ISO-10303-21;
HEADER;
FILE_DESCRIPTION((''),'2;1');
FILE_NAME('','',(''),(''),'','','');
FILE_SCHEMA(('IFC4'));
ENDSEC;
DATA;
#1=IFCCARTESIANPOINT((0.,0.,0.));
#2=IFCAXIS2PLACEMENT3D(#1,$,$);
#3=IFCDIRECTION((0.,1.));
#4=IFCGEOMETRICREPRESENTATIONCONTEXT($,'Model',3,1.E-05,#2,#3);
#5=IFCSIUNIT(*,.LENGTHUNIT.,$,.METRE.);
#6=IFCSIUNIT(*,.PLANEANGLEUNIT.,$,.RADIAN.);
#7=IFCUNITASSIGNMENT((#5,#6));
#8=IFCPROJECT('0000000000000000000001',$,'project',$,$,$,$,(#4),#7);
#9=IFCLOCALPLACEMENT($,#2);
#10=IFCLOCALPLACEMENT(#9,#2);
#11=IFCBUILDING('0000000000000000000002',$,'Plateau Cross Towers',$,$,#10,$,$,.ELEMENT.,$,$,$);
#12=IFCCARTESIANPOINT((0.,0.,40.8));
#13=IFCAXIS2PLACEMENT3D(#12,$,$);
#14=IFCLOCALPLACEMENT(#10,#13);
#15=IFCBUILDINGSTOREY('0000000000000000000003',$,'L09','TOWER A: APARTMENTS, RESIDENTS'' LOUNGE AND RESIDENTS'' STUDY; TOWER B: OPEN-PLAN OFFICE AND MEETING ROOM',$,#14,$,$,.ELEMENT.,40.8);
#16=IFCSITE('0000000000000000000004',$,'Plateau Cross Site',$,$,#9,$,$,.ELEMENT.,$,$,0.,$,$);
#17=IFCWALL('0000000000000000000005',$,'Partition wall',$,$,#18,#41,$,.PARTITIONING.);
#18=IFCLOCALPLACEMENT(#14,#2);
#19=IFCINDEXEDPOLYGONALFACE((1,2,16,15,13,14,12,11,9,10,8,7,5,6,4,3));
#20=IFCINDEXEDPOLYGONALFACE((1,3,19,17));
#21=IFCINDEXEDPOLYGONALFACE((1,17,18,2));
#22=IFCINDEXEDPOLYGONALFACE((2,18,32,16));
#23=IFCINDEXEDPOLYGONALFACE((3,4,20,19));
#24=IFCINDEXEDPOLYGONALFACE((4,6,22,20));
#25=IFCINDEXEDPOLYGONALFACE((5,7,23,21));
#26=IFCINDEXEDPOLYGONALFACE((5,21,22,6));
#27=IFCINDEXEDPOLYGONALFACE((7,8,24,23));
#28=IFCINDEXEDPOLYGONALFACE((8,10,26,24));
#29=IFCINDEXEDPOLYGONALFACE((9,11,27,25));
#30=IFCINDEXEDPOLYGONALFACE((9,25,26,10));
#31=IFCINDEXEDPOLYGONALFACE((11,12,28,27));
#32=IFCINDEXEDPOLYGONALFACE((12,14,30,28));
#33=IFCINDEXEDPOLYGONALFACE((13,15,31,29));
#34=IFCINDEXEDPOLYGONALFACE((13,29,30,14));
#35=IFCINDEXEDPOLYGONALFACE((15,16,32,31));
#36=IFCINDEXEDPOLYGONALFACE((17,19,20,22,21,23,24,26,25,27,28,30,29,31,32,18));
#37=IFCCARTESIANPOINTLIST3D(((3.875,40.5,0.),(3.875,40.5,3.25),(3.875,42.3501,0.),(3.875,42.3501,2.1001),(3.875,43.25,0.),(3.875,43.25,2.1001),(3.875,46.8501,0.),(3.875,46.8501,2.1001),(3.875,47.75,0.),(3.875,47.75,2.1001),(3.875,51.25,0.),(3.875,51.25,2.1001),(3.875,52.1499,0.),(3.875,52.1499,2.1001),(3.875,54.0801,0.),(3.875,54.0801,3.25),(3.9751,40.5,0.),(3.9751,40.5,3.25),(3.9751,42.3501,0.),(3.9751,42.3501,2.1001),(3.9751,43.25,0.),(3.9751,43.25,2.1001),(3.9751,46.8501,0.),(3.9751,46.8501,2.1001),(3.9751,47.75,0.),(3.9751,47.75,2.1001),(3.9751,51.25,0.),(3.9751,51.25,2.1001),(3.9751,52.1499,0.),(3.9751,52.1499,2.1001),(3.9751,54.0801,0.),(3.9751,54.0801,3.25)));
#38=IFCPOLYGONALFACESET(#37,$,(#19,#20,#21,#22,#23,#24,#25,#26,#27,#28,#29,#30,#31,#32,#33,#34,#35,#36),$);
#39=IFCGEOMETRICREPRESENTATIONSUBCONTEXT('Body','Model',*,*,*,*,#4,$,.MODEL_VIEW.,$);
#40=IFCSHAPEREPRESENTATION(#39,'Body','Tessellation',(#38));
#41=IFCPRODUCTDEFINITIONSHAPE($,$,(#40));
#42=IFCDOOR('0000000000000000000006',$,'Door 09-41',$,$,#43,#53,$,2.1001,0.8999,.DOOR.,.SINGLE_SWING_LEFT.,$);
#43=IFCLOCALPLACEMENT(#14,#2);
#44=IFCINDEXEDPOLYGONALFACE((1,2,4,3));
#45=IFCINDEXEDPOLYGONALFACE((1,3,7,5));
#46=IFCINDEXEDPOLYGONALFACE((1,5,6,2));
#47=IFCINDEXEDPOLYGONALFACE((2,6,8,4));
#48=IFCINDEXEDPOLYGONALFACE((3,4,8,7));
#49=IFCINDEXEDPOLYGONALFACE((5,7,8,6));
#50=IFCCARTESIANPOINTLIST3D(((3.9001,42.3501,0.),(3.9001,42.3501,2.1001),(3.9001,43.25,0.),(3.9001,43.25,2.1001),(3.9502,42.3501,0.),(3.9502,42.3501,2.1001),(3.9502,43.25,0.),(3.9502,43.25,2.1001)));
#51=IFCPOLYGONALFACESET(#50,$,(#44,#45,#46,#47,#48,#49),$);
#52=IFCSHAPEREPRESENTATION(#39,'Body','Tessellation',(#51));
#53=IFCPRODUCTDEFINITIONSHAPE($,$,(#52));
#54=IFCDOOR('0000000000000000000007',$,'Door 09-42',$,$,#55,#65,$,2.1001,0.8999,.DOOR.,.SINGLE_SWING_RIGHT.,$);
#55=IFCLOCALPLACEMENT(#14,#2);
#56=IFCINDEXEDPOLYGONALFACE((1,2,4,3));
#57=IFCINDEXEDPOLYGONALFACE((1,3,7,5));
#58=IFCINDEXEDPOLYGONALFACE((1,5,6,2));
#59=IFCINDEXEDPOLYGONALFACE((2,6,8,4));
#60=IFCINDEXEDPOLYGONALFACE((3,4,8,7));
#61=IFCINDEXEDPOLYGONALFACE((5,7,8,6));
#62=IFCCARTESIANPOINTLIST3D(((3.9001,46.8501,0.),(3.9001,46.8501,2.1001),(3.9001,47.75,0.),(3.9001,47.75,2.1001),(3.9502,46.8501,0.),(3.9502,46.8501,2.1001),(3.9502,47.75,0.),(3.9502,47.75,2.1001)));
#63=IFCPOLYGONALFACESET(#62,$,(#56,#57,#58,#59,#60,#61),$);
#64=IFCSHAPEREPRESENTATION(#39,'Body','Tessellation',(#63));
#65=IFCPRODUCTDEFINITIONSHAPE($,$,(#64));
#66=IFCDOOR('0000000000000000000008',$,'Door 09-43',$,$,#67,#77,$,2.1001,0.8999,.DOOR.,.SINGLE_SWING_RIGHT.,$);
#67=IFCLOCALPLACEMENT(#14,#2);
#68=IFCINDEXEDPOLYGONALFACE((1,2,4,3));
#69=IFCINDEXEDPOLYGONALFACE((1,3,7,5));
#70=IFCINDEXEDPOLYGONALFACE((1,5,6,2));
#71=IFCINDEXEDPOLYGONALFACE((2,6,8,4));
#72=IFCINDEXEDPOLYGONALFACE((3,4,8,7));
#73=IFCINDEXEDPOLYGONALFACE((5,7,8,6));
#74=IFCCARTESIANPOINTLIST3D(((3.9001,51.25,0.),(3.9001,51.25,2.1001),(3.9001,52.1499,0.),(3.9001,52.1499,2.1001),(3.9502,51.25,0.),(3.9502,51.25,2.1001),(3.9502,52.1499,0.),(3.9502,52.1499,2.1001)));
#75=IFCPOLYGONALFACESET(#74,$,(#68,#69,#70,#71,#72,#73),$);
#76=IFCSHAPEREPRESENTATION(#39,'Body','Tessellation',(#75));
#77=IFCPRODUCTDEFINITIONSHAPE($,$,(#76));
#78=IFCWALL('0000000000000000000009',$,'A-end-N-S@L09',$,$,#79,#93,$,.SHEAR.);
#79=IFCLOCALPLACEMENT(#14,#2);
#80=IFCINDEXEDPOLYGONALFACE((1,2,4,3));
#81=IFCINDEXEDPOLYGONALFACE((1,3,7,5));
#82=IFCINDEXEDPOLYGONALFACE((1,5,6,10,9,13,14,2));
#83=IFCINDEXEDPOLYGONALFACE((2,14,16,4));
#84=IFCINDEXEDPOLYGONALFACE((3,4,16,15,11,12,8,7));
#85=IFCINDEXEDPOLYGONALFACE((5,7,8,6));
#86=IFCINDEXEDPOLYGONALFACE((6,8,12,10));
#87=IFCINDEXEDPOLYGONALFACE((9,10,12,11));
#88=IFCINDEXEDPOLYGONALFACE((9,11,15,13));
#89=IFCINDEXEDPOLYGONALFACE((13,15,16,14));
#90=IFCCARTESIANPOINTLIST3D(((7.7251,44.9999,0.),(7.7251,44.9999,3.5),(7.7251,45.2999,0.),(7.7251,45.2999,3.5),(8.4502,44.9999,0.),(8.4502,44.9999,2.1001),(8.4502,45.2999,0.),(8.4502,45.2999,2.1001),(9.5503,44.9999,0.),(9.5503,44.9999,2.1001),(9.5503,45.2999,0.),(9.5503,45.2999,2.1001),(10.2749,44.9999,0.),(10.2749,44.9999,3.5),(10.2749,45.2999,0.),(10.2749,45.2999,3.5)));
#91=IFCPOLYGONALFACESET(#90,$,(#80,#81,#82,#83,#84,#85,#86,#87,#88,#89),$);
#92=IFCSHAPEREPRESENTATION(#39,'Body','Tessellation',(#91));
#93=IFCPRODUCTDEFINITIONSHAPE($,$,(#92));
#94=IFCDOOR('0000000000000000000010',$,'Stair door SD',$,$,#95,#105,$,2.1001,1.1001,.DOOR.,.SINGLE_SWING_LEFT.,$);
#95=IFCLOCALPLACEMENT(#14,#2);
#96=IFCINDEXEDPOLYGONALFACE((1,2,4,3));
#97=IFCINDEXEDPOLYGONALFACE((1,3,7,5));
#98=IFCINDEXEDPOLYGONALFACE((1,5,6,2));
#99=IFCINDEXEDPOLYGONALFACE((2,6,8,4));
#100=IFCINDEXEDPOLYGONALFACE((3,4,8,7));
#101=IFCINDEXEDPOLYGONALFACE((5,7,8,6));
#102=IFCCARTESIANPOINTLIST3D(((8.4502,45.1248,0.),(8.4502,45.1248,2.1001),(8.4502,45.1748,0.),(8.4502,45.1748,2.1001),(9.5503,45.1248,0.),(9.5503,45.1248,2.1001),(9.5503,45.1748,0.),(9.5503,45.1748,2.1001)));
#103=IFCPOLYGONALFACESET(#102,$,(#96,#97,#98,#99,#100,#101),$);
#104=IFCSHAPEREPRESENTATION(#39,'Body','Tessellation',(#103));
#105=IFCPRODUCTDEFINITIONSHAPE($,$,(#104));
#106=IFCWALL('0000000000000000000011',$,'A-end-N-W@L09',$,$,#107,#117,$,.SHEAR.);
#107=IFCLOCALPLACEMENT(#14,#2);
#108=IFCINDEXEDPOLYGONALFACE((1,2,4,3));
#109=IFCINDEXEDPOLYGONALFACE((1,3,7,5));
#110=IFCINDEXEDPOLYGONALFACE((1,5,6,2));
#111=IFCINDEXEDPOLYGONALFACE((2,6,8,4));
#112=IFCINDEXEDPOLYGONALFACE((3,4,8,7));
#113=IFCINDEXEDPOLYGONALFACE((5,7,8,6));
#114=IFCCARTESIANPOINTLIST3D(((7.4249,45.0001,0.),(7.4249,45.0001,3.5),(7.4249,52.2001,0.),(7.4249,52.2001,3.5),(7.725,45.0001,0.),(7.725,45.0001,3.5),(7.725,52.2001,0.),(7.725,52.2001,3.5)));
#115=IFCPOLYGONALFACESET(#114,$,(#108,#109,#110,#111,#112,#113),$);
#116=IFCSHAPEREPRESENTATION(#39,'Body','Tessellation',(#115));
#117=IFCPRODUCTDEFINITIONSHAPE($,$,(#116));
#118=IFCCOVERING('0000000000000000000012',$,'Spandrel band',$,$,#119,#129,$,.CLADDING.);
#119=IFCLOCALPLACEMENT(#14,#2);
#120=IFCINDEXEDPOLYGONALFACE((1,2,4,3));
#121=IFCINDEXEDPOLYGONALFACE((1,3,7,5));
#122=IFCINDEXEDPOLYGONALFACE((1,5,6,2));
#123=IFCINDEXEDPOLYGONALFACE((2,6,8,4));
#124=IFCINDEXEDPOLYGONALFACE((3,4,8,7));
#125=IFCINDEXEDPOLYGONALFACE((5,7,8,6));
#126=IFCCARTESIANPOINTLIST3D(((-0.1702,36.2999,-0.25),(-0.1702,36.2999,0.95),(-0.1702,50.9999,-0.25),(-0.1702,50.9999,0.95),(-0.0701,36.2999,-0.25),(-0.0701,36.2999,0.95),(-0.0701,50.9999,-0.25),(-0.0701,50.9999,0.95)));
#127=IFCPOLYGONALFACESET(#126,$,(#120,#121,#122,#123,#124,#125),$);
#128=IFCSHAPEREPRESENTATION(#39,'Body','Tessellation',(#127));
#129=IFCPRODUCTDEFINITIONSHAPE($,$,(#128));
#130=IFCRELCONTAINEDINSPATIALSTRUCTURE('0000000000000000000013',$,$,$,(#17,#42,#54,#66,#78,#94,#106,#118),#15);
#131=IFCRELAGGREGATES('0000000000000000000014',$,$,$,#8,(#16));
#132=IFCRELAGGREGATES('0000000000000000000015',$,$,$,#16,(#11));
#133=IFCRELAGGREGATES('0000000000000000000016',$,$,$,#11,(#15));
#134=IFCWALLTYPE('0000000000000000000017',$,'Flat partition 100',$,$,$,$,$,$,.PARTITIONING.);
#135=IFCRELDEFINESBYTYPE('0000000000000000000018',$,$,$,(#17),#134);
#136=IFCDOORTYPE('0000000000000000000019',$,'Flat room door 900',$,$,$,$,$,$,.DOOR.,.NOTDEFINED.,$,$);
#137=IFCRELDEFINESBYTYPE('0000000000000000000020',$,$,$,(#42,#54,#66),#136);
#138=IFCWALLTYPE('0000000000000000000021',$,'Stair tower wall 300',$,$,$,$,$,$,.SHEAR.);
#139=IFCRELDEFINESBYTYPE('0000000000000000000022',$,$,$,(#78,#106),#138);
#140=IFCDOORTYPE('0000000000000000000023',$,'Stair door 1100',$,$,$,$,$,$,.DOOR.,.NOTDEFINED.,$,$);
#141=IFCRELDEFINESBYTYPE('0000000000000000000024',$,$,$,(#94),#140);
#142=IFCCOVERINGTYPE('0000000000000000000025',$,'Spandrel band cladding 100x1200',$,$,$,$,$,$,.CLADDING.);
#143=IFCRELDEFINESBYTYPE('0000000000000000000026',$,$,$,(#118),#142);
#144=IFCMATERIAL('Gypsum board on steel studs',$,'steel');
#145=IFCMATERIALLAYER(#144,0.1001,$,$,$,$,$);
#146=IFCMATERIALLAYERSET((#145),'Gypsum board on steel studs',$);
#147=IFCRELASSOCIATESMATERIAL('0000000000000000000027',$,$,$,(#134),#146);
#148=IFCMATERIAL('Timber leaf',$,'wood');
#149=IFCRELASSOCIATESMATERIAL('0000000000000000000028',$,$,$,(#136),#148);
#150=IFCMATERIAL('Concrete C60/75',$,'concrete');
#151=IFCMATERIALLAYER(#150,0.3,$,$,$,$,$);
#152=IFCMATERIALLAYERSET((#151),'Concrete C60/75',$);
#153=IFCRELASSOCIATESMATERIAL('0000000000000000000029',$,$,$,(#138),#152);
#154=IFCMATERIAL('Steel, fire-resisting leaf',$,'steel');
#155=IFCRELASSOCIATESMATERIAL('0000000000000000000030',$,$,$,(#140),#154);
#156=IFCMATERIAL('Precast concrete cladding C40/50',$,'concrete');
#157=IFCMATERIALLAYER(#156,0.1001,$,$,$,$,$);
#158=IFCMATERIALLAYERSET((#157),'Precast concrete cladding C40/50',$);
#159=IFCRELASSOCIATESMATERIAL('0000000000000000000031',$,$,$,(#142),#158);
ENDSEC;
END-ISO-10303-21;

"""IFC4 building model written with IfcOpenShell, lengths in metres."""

from ifc_helpers import new_model, si_unit, direction, frame, frame_2d, origin, origin_2d, place, context, subcontext, project, spatial, rectangle, extrude, material, layer, layer_set, type_object, element, fill, save


model = new_model("IFC4")

# Units and contexts
model_context = context("Model", 3, precision=1e-05, world=origin(), true_north=direction((0.0, 1.0)))
body_context = subcontext(model_context, "Body", "Model", "MODEL_VIEW")
ifc_project = project(units=[si_unit("LENGTHUNIT", "METRE"), si_unit("PLANEANGLEUNIT", "RADIAN")], contexts=[model_context])

# Site, building, storey
site_placement = place(None, origin())
site = spatial("IfcSite", under=ifc_project, at=site_placement, Name="Plateau Cross Site", CompositionType="ELEMENT", RefElevation=0.0)
building_placement = place(site_placement, origin())
building = spatial("IfcBuilding", under=site, at=building_placement, Name="Plateau Cross Towers", CompositionType="ELEMENT")
storey_placement = place(building_placement, frame((0.0, 0.0, 40.8)))
storey = spatial("IfcBuildingStorey", under=building, at=storey_placement, Name="L09", Description="TOWER A: APARTMENTS, RESIDENTS' LOUNGE AND RESIDENTS' STUDY; TOWER B: OPEN-PLAN OFFICE AND MEETING ROOM", CompositionType="ELEMENT", Elevation=40.8)

# Shared definitions
ifc_material_1 = material(Name="Gypsum board on steel studs", Category="steel")
ifc_layer_1 = layer(ifc_material_1, 0.1001)
ifc_layer_set_1 = layer_set([ifc_layer_1], Name="Gypsum board on steel studs")
wall_type_1 = type_object("IfcWallType", Name="Flat partition 100", PredefinedType="PARTITIONING", material=ifc_layer_set_1)

# Shared definitions
ifc_material_2 = material(Name="Timber leaf", Category="wood")
door_type_1 = type_object("IfcDoorType", Name="Flat room door 900", OperationType="NOTDEFINED", PredefinedType="DOOR", material=ifc_material_2)

# Wall, openings, doors
wall_1_placement = place(storey_placement, frame((3.925, 40.5, 0.0), z_axis=(0.0, 0.0, 1.0), x_axis=(0.0, 1.0, 0.0)))
wall_1 = element("IfcWall", 1, at=wall_1_placement, inside=storey, type_object=wall_type_1, Name="Partition wall", PredefinedType="PARTITIONING", context=body_context, shape_type="SweptSolid", body=[
    extrude(rectangle(XDim=13.5801, YDim=0.1001, at=frame_2d((6.79, 0.0))), origin(), (0.0, 0.0, 1.0), 3.25),
])
opening_1_placement = place(wall_1_placement, frame((1.8501, 0.0, 0.0)))
opening_1 = element("IfcOpeningElement", 2, at=opening_1_placement, cuts=wall_1, PredefinedType="OPENING", context=body_context, shape_type="SweptSolid", body=[
    extrude(rectangle(XDim=0.8999, YDim=2.1001, at=frame_2d((0.45, 1.05))), frame((0.0, 0.0601, 0.0), z_axis=(0.0, -1.0, 0.0), x_axis=(1.0, 0.0, 0.0)), (0.0, 0.0, 1.0), 0.1201),
])
opening_2_placement = place(wall_1_placement, frame((6.3501, 0.0, 0.0)))
opening_2 = element("IfcOpeningElement", 3, at=opening_2_placement, cuts=wall_1, PredefinedType="OPENING", context=body_context, shape_type="SweptSolid", body=[
    extrude(rectangle(XDim=0.8999, YDim=2.1001, at=frame_2d((0.45, 1.05))), frame((0.0, 0.0601, 0.0), z_axis=(0.0, -1.0, 0.0), x_axis=(1.0, 0.0, 0.0)), (0.0, 0.0, 1.0), 0.1201),
])
opening_3_placement = place(wall_1_placement, frame((10.75, 0.0, 0.0)))
opening_3 = element("IfcOpeningElement", 4, at=opening_3_placement, cuts=wall_1, PredefinedType="OPENING", context=body_context, shape_type="SweptSolid", body=[
    extrude(rectangle(XDim=0.8999, YDim=2.1001, at=frame_2d((0.45, 1.05))), frame((0.0, 0.0601, 0.0), z_axis=(0.0, -1.0, 0.0), x_axis=(1.0, 0.0, 0.0)), (0.0, 0.0, 1.0), 0.1201),
])
door_1_placement = place(opening_1_placement, origin())
door_1 = element("IfcDoor", 5, at=door_1_placement, inside=storey, type_object=door_type_1, Name="Door 09-41", OperationType="SINGLE_SWING_LEFT", OverallHeight=2.1001, OverallWidth=0.8999, PredefinedType="DOOR", context=body_context, shape_type="SweptSolid", body=[
    extrude(rectangle(XDim=0.8999, YDim=2.1001, at=frame_2d((0.45, 1.05))), frame((0.0, 0.0249, 0.0), z_axis=(0.0, -1.0, 0.0), x_axis=(1.0, 0.0, 0.0)), (0.0, 0.0, 1.0), 0.05),
])
fill(opening_1, door_1)
door_2_placement = place(opening_2_placement, origin())
door_2 = element("IfcDoor", 6, at=door_2_placement, inside=storey, type_object=door_type_1, Name="Door 09-42", OperationType="SINGLE_SWING_RIGHT", OverallHeight=2.1001, OverallWidth=0.8999, PredefinedType="DOOR", context=body_context, shape_type="SweptSolid", body=[
    extrude(rectangle(XDim=0.8999, YDim=2.1001, at=frame_2d((0.45, 1.05))), frame((0.0, 0.0249, 0.0), z_axis=(0.0, -1.0, 0.0), x_axis=(1.0, 0.0, 0.0)), (0.0, 0.0, 1.0), 0.05),
])
fill(opening_2, door_2)
door_3_placement = place(opening_3_placement, origin())
door_3 = element("IfcDoor", 7, at=door_3_placement, inside=storey, type_object=door_type_1, Name="Door 09-43", OperationType="SINGLE_SWING_RIGHT", OverallHeight=2.1001, OverallWidth=0.8999, PredefinedType="DOOR", context=body_context, shape_type="SweptSolid", body=[
    extrude(rectangle(XDim=0.8999, YDim=2.1001, at=frame_2d((0.45, 1.05))), frame((0.0, 0.0249, 0.0), z_axis=(0.0, -1.0, 0.0), x_axis=(1.0, 0.0, 0.0)), (0.0, 0.0, 1.0), 0.05),
])
fill(opening_3, door_3)

# Wall, opening, door
ifc_material_3 = material(Name="Concrete C60/75", Category="concrete")
ifc_layer_2 = layer(ifc_material_3, 0.3)
ifc_layer_set_2 = layer_set([ifc_layer_2], Name="Concrete C60/75")
wall_type_2 = type_object("IfcWallType", Name="Stair tower wall 300", PredefinedType="SHEAR", material=ifc_layer_set_2)
wall_2_placement = place(storey_placement, frame((7.7251, 45.1499, 0.0), z_axis=(0.0, 0.0, 1.0), x_axis=(1.0, 0.0, 0.0)))
wall_2 = element("IfcWall", 8, at=wall_2_placement, inside=storey, type_object=wall_type_2, Name="A-end-N-S@L09", PredefinedType="SHEAR", context=body_context, shape_type="SweptSolid", body=[
    extrude(rectangle(XDim=2.5498, YDim=0.3, at=frame_2d((1.2749, 0.0))), origin(), (0.0, 0.0, 1.0), 3.5),
])
opening_4_placement = place(wall_2_placement, frame((0.7251, 0.0, 0.0)))
opening_4 = element("IfcOpeningElement", 9, at=opening_4_placement, cuts=wall_2, PredefinedType="OPENING", context=body_context, shape_type="SweptSolid", body=[
    extrude(rectangle(XDim=1.1001, YDim=2.1001, at=frame_2d((0.55, 1.05))), frame((0.0, 0.1599, 0.0), z_axis=(0.0, -1.0, 0.0), x_axis=(1.0, 0.0, 0.0)), (0.0, 0.0, 1.0), 0.3201),
])
ifc_material_4 = material(Name="Steel, fire-resisting leaf", Category="steel")
door_type_2 = type_object("IfcDoorType", Name="Stair door 1100", OperationType="NOTDEFINED", PredefinedType="DOOR", material=ifc_material_4)
door_4_placement = place(opening_4_placement, origin())
door_4 = element("IfcDoor", 10, at=door_4_placement, inside=storey, type_object=door_type_2, Name="Stair door SD", OperationType="SINGLE_SWING_LEFT", OverallHeight=2.1001, OverallWidth=1.1001, PredefinedType="DOOR", context=body_context, shape_type="SweptSolid", body=[
    extrude(rectangle(XDim=1.1001, YDim=2.1001, at=frame_2d((0.55, 1.05))), frame((0.0, 0.0249, 0.0), z_axis=(0.0, -1.0, 0.0), x_axis=(1.0, 0.0, 0.0)), (0.0, 0.0, 1.0), 0.05),
])
fill(opening_4, door_4)

# Wall
wall_3_placement = place(storey_placement, frame((7.575, 45.0, 0.0), z_axis=(0.0, 0.0, 1.0), x_axis=(0.0, 1.0, 0.0)))
element("IfcWall", 11, at=wall_3_placement, inside=storey, type_object=wall_type_2, Name="A-end-N-W@L09", PredefinedType="SHEAR", context=body_context, shape_type="SweptSolid", body=[
    extrude(rectangle(XDim=7.2, YDim=0.3, at=frame_2d((3.6001, 0.0))), origin(), (0.0, 0.0, 1.0), 3.5),
])

# Covering
ifc_material_5 = material(Name="Precast concrete cladding C40/50", Category="concrete")
ifc_layer_3 = layer(ifc_material_5, 0.1001)
ifc_layer_set_3 = layer_set([ifc_layer_3], Name="Precast concrete cladding C40/50")
covering_type = type_object("IfcCoveringType", Name="Spandrel band cladding 100x1200", PredefinedType="CLADDING", material=ifc_layer_set_3)
covering_placement = place(storey_placement, frame((-0.1201, 43.6499, -0.25), z_axis=(0.0, 0.0, 1.0), x_axis=(0.0, -1.0, 0.0)))
element("IfcCovering", 12, at=covering_placement, inside=storey, type_object=covering_type, Name="Spandrel band", PredefinedType="CLADDING", context=body_context, shape_type="SweptSolid", body=[
    extrude(rectangle(XDim=14.7, YDim=0.1001, at=origin_2d()), origin(), (0.0, 0.0, 1.0), 1.2),
])

save(model, "model.ifc")
